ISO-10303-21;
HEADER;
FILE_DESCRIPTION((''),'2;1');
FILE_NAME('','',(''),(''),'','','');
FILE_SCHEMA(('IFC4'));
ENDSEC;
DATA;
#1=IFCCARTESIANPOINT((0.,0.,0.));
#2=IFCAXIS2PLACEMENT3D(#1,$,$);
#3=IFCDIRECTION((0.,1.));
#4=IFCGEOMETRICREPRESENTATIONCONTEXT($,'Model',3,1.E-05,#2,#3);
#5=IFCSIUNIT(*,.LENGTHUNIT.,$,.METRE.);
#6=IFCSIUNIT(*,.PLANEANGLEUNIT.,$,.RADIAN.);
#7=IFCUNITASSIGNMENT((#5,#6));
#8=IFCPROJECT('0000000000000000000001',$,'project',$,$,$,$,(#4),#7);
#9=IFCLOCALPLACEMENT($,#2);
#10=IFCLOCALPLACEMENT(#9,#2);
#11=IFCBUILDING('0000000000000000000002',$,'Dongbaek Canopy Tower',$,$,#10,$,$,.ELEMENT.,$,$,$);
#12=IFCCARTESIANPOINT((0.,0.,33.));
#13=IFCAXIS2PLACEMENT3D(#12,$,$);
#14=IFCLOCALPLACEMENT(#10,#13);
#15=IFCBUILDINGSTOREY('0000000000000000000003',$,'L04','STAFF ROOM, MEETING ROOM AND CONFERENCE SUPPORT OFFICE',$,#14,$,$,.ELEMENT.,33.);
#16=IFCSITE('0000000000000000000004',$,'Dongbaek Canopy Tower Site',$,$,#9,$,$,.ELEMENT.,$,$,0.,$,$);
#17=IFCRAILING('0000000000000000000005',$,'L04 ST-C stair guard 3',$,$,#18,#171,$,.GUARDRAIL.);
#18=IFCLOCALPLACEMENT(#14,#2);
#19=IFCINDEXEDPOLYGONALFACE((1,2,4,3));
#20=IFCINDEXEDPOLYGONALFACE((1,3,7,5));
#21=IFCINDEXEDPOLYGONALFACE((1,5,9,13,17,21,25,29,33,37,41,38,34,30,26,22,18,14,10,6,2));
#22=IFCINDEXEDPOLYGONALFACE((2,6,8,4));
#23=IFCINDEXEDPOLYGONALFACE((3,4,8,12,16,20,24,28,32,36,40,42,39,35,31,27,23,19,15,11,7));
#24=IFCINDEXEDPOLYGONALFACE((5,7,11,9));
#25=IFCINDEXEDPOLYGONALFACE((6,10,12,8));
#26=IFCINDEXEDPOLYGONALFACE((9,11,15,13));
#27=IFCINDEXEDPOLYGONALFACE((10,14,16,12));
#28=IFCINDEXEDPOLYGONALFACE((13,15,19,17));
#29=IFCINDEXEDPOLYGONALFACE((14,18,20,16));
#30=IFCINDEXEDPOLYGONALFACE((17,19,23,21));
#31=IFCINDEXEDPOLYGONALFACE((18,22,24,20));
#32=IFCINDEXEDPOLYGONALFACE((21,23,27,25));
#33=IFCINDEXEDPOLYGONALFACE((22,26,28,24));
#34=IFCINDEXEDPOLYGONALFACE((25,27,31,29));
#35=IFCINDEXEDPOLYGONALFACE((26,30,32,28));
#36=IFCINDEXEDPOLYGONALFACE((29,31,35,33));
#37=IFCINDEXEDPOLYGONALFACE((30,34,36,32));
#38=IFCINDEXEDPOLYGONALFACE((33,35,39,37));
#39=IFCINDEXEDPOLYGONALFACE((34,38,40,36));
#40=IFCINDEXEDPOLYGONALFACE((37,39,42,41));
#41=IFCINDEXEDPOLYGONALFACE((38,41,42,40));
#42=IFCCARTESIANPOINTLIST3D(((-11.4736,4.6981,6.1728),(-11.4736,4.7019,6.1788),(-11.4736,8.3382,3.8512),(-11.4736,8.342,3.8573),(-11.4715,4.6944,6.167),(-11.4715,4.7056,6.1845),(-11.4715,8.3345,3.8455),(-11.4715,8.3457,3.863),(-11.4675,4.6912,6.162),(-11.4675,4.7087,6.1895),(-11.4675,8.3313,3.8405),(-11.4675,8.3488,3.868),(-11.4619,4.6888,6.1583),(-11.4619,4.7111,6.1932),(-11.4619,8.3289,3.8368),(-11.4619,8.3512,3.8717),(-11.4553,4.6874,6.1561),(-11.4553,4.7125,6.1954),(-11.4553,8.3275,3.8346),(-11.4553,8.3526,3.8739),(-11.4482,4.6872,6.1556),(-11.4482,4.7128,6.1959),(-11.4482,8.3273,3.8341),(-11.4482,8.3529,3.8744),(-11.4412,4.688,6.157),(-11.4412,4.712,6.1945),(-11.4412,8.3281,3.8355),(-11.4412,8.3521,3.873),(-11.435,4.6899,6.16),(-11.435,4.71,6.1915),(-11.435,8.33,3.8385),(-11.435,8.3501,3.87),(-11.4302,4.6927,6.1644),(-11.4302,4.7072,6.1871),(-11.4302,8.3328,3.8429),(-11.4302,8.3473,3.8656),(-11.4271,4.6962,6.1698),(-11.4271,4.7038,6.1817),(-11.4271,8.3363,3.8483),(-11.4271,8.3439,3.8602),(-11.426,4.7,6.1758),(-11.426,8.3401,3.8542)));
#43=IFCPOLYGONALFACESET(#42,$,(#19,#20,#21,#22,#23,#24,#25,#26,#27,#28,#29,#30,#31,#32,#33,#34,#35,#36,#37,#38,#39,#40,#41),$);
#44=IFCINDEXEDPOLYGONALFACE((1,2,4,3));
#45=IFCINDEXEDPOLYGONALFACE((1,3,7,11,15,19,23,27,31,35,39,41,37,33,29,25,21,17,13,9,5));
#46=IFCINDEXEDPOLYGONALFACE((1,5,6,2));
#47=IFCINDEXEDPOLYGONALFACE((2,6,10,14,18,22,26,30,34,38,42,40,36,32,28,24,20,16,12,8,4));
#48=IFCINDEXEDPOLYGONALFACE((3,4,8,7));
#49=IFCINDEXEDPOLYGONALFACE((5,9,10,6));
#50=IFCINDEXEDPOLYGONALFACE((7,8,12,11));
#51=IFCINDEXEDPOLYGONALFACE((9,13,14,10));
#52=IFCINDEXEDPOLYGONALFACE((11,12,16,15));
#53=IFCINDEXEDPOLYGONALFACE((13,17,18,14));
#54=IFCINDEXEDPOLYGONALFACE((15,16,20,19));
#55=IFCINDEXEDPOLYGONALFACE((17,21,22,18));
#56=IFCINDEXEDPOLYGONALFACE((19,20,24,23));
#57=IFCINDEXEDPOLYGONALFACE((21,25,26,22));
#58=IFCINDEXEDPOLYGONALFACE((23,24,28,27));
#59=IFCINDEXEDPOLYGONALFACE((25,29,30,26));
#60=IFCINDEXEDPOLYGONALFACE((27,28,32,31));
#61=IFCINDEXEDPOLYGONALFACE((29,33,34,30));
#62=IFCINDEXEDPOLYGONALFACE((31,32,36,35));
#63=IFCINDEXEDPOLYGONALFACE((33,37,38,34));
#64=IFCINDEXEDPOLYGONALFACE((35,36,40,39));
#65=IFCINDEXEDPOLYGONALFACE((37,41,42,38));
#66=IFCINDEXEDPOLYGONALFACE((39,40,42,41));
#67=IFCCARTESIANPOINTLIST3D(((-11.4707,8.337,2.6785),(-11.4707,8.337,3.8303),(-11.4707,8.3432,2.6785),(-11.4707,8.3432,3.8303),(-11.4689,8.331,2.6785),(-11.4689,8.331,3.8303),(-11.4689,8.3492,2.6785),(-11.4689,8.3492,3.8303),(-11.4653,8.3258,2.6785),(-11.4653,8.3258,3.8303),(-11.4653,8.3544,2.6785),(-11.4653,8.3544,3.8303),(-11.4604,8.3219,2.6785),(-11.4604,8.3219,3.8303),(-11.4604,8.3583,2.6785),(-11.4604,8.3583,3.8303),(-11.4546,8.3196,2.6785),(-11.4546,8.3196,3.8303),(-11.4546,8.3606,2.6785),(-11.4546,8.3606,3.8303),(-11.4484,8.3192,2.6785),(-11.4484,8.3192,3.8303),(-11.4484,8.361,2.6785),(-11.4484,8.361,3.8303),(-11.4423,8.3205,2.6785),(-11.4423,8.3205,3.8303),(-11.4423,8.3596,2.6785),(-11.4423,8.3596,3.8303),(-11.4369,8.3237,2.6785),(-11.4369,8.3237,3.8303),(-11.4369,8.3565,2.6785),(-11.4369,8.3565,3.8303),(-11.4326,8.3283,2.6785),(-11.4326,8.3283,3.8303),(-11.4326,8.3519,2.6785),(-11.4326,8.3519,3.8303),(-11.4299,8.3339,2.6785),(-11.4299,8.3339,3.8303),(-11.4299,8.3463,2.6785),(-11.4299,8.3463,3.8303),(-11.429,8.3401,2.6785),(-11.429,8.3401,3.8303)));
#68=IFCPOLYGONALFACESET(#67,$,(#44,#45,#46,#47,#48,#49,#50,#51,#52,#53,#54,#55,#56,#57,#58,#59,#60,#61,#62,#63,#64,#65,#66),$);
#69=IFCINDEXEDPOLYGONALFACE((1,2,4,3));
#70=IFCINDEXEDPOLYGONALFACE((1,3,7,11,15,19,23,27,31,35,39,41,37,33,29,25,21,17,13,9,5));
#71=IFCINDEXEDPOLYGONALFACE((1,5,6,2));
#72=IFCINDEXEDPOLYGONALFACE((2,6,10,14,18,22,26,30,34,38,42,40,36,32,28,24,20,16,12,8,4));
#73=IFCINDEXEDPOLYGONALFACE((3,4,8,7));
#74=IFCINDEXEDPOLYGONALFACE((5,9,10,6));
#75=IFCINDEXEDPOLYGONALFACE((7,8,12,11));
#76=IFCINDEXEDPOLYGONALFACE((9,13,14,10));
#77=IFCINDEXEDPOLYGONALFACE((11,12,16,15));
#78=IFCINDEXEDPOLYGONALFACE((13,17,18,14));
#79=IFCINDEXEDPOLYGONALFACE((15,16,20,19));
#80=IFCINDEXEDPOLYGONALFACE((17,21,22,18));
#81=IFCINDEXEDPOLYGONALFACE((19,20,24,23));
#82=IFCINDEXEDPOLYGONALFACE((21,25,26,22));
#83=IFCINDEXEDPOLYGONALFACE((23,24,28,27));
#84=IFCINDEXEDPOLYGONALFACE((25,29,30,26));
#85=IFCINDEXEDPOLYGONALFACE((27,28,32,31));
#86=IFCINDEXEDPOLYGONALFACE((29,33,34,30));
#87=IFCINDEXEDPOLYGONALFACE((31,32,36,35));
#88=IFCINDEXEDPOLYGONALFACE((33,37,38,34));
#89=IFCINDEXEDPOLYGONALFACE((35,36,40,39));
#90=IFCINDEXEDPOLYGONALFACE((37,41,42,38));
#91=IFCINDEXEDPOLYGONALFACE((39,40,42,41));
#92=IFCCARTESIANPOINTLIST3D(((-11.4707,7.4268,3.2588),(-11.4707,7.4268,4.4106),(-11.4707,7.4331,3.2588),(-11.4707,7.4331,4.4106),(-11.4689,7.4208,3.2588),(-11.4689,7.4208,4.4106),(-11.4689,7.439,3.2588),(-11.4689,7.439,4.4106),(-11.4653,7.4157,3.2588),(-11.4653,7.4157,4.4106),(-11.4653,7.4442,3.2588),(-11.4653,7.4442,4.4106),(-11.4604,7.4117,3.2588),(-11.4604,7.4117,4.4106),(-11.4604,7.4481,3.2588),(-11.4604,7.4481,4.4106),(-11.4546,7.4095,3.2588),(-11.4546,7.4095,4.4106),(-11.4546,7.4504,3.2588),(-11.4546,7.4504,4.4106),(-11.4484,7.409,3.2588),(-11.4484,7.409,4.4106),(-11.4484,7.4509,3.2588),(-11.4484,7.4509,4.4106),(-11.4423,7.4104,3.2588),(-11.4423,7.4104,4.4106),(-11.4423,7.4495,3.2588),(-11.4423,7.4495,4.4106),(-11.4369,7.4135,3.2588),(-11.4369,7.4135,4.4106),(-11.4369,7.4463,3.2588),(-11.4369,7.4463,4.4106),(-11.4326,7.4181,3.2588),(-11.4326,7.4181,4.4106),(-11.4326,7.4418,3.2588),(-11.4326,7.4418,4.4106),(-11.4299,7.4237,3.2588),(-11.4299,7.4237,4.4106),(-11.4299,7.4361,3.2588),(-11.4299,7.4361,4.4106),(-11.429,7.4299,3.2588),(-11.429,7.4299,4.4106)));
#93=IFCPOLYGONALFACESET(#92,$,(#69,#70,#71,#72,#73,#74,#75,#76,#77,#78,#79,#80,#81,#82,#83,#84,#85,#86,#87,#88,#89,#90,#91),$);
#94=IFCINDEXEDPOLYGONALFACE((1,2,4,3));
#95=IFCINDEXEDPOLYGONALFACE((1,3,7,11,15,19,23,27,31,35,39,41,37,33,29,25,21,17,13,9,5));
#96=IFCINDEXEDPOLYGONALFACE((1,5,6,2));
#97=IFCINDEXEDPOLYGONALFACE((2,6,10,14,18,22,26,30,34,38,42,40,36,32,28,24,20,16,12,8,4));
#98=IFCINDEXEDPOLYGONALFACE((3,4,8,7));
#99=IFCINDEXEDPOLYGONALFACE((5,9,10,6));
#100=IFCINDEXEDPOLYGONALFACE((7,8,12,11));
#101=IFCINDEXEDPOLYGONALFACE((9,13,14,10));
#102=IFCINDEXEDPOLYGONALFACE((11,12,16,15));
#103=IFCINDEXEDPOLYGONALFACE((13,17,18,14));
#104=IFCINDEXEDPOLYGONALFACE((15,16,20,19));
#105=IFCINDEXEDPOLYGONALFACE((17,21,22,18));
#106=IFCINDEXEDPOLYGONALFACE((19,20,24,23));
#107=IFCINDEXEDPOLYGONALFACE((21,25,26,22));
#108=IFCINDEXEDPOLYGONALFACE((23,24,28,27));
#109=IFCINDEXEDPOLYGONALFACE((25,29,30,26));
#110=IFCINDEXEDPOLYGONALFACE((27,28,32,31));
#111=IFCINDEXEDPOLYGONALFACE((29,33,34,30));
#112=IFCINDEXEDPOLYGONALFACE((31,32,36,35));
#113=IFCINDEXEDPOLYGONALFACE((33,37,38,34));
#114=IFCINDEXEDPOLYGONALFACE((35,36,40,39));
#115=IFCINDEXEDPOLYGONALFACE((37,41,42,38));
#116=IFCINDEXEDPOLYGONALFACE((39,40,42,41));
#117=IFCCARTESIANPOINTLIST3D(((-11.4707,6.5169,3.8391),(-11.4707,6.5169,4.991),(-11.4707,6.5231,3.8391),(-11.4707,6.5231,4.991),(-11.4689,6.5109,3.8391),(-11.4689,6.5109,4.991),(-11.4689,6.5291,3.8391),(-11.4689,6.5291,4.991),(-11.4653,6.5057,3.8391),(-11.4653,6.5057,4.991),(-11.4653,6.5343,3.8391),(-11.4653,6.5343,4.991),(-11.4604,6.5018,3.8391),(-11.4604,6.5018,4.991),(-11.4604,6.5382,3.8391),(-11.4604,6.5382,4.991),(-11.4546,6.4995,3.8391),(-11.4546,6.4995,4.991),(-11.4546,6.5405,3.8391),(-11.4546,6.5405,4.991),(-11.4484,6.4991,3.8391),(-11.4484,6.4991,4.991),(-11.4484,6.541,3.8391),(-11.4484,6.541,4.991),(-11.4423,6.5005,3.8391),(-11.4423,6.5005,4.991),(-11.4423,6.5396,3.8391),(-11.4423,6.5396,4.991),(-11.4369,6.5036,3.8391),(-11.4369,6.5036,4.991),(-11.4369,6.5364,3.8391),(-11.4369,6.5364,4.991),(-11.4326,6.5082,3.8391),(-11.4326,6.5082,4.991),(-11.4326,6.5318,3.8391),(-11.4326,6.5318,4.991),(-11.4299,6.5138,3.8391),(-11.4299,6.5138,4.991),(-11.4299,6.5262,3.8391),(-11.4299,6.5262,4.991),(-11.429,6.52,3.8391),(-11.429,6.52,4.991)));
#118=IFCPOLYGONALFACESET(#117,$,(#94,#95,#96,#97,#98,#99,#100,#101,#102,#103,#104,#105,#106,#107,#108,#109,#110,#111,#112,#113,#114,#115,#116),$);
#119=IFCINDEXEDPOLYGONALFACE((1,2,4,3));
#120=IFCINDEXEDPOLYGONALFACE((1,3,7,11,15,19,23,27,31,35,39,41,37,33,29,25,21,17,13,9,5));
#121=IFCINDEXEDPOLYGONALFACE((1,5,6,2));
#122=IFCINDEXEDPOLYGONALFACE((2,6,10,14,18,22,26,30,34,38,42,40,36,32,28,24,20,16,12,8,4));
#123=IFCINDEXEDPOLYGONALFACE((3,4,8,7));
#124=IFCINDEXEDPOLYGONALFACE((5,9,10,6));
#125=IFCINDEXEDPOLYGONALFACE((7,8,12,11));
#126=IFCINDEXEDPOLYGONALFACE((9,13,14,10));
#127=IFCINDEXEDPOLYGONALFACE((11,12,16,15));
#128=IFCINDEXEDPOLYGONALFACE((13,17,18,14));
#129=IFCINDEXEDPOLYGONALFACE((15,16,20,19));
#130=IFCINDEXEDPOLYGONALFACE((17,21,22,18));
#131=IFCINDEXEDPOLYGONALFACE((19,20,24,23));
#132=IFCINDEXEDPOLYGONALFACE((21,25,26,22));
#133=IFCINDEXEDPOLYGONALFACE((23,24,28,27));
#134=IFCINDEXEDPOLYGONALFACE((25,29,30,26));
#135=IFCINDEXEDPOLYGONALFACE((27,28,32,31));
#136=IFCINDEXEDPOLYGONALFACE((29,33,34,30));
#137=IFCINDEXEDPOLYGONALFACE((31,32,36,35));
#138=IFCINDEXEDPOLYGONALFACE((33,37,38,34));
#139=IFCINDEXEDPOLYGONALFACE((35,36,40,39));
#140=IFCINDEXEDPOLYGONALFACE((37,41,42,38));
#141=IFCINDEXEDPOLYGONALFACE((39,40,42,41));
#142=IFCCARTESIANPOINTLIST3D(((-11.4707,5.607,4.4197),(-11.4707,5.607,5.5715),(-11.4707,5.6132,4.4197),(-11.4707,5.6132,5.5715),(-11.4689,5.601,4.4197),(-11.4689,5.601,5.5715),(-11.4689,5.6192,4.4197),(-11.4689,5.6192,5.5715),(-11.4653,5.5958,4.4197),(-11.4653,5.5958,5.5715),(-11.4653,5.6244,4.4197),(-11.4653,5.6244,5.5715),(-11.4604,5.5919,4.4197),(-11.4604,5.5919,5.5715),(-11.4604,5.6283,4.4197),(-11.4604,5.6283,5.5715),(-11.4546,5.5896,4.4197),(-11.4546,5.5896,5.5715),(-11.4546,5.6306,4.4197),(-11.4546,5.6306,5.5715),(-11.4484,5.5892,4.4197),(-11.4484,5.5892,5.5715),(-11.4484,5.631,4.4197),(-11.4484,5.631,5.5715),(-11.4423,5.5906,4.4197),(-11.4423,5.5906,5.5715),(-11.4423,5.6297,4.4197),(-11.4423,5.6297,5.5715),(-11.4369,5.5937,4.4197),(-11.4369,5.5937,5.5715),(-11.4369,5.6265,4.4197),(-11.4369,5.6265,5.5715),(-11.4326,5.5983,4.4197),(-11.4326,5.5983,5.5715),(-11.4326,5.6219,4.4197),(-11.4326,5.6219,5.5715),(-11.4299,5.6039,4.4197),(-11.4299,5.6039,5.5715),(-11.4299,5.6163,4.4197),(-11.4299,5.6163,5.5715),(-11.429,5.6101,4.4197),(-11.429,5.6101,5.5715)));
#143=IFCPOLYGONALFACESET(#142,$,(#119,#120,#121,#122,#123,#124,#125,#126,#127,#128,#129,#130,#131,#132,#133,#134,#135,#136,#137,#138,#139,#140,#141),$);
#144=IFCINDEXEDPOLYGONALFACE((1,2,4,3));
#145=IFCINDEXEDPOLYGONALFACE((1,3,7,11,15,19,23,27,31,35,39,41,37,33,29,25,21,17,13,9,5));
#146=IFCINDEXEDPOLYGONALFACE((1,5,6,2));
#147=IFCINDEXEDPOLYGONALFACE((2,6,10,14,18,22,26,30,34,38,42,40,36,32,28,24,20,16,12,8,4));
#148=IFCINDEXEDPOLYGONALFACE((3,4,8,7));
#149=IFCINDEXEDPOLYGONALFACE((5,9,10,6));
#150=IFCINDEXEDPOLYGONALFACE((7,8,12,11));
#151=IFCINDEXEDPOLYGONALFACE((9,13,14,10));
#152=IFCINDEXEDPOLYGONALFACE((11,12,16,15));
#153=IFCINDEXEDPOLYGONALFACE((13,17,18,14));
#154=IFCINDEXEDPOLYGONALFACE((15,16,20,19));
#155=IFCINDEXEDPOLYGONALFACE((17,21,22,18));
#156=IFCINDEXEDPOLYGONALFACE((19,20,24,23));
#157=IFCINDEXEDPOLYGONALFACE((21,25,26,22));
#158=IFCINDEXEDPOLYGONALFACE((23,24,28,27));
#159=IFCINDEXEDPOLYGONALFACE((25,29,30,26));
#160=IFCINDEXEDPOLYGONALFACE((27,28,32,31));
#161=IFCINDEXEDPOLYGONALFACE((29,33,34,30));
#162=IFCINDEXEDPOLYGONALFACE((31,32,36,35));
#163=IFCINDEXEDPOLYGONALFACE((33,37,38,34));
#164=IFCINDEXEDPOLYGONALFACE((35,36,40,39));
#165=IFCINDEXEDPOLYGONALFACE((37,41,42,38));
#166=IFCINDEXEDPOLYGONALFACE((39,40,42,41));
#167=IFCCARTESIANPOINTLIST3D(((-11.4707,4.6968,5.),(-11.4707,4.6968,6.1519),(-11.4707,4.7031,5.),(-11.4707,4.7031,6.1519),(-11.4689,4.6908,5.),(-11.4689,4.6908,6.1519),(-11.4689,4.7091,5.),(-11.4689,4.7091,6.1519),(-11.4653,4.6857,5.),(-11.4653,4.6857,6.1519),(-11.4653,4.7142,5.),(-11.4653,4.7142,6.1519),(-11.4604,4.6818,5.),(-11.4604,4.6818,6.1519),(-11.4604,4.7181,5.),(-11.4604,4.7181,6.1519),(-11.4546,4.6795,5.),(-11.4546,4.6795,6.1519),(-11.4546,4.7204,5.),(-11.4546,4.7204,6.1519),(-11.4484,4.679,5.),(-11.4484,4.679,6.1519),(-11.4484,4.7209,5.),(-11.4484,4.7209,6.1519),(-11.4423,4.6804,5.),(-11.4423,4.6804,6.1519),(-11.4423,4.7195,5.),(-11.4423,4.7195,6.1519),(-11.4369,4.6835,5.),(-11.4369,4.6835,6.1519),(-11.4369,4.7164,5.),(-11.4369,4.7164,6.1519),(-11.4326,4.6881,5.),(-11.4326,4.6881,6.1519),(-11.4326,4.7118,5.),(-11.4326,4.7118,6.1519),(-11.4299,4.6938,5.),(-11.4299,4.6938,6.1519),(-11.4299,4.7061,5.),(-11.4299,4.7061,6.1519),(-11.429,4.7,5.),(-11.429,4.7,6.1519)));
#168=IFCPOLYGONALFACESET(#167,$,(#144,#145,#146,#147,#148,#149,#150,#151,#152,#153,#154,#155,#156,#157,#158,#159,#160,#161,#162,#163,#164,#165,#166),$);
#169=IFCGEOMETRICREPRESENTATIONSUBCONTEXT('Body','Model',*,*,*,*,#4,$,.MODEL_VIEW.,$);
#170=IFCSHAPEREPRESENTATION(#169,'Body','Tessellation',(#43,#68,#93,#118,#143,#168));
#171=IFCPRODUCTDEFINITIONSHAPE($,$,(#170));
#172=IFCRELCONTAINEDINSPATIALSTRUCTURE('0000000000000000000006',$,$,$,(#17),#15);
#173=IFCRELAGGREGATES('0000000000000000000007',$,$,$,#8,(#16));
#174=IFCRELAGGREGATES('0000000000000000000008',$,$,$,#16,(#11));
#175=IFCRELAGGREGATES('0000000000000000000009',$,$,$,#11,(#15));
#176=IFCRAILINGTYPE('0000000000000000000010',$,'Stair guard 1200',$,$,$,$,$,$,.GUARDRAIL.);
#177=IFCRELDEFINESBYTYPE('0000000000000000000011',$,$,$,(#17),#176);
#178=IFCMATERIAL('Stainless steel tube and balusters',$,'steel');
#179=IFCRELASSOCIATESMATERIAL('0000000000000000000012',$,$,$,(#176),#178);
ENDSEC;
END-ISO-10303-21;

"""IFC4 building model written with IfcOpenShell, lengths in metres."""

from ifc_helpers import new_model, si_unit, direction, frame, origin, origin_2d, place, context, subcontext, project, spatial, circle, extrude, material, type_object, element, save


model = new_model("IFC4")

# Units and contexts
model_context = context("Model", 3, precision=1e-05, world=origin(), true_north=direction((0.0, 1.0)))
body_context = subcontext(model_context, "Body", "Model", "MODEL_VIEW")
ifc_project = project(units=[si_unit("LENGTHUNIT", "METRE"), si_unit("PLANEANGLEUNIT", "RADIAN")], contexts=[model_context])

# Site, building, storey
site_placement = place(None, origin())
site = spatial("IfcSite", under=ifc_project, at=site_placement, Name="Dongbaek Canopy Tower Site", CompositionType="ELEMENT", RefElevation=0.0)
building_placement = place(site_placement, origin())
building = spatial("IfcBuilding", under=site, at=building_placement, Name="Dongbaek Canopy Tower", CompositionType="ELEMENT")
storey_placement = place(building_placement, frame((0.0, 0.0, 33.0)))
storey = spatial("IfcBuildingStorey", under=building, at=storey_placement, Name="L04", Description="STAFF ROOM, MEETING ROOM AND CONFERENCE SUPPORT OFFICE", CompositionType="ELEMENT", Elevation=33.0)

# Railing
ifc_material_1 = material(Name="Stainless steel tube and balusters", Category="steel")
railing_type_1 = type_object("IfcRailingType", Name="Stair guard 1200", PredefinedType="GUARDRAIL", material=ifc_material_1)
railing_1_placement = place(storey_placement, frame((-11.45, 8.3401, 2.6785)))
element("IfcRailing", 1, at=railing_1_placement, inside=storey, type_object=railing_type_1, Name="L04 ST-C stair guard 3", PredefinedType="GUARDRAIL", context=body_context, shape_type="SweptSolid", body=[
    extrude(circle(Radius=0.0239, at=origin_2d()), frame((0.0, 0.0, 1.1758), z_axis=(0.0, -0.843128, 0.537713), x_axis=(1.0, 0.0, 0.0)), (0.0, 0.0, 1.0), 4.3174),
    extrude(circle(Radius=0.021, at=origin_2d()), origin(), (0.0, 0.0, 1.0), 1.1519),
    extrude(circle(Radius=0.021, at=origin_2d()), frame((0.0, -0.9102, 0.5803)), (0.0, 0.0, 1.0), 1.1519),
    extrude(circle(Radius=0.021, at=origin_2d()), frame((0.0, -1.8201, 1.1606)), (0.0, 0.0, 1.0), 1.1519),
    extrude(circle(Radius=0.021, at=origin_2d()), frame((0.0, -2.73, 1.7412)), (0.0, 0.0, 1.0), 1.1519),
    extrude(circle(Radius=0.021, at=origin_2d()), frame((0.0, -3.6401, 2.3215)), (0.0, 0.0, 1.0), 1.1519),
])

save(model, "model.ifc")
